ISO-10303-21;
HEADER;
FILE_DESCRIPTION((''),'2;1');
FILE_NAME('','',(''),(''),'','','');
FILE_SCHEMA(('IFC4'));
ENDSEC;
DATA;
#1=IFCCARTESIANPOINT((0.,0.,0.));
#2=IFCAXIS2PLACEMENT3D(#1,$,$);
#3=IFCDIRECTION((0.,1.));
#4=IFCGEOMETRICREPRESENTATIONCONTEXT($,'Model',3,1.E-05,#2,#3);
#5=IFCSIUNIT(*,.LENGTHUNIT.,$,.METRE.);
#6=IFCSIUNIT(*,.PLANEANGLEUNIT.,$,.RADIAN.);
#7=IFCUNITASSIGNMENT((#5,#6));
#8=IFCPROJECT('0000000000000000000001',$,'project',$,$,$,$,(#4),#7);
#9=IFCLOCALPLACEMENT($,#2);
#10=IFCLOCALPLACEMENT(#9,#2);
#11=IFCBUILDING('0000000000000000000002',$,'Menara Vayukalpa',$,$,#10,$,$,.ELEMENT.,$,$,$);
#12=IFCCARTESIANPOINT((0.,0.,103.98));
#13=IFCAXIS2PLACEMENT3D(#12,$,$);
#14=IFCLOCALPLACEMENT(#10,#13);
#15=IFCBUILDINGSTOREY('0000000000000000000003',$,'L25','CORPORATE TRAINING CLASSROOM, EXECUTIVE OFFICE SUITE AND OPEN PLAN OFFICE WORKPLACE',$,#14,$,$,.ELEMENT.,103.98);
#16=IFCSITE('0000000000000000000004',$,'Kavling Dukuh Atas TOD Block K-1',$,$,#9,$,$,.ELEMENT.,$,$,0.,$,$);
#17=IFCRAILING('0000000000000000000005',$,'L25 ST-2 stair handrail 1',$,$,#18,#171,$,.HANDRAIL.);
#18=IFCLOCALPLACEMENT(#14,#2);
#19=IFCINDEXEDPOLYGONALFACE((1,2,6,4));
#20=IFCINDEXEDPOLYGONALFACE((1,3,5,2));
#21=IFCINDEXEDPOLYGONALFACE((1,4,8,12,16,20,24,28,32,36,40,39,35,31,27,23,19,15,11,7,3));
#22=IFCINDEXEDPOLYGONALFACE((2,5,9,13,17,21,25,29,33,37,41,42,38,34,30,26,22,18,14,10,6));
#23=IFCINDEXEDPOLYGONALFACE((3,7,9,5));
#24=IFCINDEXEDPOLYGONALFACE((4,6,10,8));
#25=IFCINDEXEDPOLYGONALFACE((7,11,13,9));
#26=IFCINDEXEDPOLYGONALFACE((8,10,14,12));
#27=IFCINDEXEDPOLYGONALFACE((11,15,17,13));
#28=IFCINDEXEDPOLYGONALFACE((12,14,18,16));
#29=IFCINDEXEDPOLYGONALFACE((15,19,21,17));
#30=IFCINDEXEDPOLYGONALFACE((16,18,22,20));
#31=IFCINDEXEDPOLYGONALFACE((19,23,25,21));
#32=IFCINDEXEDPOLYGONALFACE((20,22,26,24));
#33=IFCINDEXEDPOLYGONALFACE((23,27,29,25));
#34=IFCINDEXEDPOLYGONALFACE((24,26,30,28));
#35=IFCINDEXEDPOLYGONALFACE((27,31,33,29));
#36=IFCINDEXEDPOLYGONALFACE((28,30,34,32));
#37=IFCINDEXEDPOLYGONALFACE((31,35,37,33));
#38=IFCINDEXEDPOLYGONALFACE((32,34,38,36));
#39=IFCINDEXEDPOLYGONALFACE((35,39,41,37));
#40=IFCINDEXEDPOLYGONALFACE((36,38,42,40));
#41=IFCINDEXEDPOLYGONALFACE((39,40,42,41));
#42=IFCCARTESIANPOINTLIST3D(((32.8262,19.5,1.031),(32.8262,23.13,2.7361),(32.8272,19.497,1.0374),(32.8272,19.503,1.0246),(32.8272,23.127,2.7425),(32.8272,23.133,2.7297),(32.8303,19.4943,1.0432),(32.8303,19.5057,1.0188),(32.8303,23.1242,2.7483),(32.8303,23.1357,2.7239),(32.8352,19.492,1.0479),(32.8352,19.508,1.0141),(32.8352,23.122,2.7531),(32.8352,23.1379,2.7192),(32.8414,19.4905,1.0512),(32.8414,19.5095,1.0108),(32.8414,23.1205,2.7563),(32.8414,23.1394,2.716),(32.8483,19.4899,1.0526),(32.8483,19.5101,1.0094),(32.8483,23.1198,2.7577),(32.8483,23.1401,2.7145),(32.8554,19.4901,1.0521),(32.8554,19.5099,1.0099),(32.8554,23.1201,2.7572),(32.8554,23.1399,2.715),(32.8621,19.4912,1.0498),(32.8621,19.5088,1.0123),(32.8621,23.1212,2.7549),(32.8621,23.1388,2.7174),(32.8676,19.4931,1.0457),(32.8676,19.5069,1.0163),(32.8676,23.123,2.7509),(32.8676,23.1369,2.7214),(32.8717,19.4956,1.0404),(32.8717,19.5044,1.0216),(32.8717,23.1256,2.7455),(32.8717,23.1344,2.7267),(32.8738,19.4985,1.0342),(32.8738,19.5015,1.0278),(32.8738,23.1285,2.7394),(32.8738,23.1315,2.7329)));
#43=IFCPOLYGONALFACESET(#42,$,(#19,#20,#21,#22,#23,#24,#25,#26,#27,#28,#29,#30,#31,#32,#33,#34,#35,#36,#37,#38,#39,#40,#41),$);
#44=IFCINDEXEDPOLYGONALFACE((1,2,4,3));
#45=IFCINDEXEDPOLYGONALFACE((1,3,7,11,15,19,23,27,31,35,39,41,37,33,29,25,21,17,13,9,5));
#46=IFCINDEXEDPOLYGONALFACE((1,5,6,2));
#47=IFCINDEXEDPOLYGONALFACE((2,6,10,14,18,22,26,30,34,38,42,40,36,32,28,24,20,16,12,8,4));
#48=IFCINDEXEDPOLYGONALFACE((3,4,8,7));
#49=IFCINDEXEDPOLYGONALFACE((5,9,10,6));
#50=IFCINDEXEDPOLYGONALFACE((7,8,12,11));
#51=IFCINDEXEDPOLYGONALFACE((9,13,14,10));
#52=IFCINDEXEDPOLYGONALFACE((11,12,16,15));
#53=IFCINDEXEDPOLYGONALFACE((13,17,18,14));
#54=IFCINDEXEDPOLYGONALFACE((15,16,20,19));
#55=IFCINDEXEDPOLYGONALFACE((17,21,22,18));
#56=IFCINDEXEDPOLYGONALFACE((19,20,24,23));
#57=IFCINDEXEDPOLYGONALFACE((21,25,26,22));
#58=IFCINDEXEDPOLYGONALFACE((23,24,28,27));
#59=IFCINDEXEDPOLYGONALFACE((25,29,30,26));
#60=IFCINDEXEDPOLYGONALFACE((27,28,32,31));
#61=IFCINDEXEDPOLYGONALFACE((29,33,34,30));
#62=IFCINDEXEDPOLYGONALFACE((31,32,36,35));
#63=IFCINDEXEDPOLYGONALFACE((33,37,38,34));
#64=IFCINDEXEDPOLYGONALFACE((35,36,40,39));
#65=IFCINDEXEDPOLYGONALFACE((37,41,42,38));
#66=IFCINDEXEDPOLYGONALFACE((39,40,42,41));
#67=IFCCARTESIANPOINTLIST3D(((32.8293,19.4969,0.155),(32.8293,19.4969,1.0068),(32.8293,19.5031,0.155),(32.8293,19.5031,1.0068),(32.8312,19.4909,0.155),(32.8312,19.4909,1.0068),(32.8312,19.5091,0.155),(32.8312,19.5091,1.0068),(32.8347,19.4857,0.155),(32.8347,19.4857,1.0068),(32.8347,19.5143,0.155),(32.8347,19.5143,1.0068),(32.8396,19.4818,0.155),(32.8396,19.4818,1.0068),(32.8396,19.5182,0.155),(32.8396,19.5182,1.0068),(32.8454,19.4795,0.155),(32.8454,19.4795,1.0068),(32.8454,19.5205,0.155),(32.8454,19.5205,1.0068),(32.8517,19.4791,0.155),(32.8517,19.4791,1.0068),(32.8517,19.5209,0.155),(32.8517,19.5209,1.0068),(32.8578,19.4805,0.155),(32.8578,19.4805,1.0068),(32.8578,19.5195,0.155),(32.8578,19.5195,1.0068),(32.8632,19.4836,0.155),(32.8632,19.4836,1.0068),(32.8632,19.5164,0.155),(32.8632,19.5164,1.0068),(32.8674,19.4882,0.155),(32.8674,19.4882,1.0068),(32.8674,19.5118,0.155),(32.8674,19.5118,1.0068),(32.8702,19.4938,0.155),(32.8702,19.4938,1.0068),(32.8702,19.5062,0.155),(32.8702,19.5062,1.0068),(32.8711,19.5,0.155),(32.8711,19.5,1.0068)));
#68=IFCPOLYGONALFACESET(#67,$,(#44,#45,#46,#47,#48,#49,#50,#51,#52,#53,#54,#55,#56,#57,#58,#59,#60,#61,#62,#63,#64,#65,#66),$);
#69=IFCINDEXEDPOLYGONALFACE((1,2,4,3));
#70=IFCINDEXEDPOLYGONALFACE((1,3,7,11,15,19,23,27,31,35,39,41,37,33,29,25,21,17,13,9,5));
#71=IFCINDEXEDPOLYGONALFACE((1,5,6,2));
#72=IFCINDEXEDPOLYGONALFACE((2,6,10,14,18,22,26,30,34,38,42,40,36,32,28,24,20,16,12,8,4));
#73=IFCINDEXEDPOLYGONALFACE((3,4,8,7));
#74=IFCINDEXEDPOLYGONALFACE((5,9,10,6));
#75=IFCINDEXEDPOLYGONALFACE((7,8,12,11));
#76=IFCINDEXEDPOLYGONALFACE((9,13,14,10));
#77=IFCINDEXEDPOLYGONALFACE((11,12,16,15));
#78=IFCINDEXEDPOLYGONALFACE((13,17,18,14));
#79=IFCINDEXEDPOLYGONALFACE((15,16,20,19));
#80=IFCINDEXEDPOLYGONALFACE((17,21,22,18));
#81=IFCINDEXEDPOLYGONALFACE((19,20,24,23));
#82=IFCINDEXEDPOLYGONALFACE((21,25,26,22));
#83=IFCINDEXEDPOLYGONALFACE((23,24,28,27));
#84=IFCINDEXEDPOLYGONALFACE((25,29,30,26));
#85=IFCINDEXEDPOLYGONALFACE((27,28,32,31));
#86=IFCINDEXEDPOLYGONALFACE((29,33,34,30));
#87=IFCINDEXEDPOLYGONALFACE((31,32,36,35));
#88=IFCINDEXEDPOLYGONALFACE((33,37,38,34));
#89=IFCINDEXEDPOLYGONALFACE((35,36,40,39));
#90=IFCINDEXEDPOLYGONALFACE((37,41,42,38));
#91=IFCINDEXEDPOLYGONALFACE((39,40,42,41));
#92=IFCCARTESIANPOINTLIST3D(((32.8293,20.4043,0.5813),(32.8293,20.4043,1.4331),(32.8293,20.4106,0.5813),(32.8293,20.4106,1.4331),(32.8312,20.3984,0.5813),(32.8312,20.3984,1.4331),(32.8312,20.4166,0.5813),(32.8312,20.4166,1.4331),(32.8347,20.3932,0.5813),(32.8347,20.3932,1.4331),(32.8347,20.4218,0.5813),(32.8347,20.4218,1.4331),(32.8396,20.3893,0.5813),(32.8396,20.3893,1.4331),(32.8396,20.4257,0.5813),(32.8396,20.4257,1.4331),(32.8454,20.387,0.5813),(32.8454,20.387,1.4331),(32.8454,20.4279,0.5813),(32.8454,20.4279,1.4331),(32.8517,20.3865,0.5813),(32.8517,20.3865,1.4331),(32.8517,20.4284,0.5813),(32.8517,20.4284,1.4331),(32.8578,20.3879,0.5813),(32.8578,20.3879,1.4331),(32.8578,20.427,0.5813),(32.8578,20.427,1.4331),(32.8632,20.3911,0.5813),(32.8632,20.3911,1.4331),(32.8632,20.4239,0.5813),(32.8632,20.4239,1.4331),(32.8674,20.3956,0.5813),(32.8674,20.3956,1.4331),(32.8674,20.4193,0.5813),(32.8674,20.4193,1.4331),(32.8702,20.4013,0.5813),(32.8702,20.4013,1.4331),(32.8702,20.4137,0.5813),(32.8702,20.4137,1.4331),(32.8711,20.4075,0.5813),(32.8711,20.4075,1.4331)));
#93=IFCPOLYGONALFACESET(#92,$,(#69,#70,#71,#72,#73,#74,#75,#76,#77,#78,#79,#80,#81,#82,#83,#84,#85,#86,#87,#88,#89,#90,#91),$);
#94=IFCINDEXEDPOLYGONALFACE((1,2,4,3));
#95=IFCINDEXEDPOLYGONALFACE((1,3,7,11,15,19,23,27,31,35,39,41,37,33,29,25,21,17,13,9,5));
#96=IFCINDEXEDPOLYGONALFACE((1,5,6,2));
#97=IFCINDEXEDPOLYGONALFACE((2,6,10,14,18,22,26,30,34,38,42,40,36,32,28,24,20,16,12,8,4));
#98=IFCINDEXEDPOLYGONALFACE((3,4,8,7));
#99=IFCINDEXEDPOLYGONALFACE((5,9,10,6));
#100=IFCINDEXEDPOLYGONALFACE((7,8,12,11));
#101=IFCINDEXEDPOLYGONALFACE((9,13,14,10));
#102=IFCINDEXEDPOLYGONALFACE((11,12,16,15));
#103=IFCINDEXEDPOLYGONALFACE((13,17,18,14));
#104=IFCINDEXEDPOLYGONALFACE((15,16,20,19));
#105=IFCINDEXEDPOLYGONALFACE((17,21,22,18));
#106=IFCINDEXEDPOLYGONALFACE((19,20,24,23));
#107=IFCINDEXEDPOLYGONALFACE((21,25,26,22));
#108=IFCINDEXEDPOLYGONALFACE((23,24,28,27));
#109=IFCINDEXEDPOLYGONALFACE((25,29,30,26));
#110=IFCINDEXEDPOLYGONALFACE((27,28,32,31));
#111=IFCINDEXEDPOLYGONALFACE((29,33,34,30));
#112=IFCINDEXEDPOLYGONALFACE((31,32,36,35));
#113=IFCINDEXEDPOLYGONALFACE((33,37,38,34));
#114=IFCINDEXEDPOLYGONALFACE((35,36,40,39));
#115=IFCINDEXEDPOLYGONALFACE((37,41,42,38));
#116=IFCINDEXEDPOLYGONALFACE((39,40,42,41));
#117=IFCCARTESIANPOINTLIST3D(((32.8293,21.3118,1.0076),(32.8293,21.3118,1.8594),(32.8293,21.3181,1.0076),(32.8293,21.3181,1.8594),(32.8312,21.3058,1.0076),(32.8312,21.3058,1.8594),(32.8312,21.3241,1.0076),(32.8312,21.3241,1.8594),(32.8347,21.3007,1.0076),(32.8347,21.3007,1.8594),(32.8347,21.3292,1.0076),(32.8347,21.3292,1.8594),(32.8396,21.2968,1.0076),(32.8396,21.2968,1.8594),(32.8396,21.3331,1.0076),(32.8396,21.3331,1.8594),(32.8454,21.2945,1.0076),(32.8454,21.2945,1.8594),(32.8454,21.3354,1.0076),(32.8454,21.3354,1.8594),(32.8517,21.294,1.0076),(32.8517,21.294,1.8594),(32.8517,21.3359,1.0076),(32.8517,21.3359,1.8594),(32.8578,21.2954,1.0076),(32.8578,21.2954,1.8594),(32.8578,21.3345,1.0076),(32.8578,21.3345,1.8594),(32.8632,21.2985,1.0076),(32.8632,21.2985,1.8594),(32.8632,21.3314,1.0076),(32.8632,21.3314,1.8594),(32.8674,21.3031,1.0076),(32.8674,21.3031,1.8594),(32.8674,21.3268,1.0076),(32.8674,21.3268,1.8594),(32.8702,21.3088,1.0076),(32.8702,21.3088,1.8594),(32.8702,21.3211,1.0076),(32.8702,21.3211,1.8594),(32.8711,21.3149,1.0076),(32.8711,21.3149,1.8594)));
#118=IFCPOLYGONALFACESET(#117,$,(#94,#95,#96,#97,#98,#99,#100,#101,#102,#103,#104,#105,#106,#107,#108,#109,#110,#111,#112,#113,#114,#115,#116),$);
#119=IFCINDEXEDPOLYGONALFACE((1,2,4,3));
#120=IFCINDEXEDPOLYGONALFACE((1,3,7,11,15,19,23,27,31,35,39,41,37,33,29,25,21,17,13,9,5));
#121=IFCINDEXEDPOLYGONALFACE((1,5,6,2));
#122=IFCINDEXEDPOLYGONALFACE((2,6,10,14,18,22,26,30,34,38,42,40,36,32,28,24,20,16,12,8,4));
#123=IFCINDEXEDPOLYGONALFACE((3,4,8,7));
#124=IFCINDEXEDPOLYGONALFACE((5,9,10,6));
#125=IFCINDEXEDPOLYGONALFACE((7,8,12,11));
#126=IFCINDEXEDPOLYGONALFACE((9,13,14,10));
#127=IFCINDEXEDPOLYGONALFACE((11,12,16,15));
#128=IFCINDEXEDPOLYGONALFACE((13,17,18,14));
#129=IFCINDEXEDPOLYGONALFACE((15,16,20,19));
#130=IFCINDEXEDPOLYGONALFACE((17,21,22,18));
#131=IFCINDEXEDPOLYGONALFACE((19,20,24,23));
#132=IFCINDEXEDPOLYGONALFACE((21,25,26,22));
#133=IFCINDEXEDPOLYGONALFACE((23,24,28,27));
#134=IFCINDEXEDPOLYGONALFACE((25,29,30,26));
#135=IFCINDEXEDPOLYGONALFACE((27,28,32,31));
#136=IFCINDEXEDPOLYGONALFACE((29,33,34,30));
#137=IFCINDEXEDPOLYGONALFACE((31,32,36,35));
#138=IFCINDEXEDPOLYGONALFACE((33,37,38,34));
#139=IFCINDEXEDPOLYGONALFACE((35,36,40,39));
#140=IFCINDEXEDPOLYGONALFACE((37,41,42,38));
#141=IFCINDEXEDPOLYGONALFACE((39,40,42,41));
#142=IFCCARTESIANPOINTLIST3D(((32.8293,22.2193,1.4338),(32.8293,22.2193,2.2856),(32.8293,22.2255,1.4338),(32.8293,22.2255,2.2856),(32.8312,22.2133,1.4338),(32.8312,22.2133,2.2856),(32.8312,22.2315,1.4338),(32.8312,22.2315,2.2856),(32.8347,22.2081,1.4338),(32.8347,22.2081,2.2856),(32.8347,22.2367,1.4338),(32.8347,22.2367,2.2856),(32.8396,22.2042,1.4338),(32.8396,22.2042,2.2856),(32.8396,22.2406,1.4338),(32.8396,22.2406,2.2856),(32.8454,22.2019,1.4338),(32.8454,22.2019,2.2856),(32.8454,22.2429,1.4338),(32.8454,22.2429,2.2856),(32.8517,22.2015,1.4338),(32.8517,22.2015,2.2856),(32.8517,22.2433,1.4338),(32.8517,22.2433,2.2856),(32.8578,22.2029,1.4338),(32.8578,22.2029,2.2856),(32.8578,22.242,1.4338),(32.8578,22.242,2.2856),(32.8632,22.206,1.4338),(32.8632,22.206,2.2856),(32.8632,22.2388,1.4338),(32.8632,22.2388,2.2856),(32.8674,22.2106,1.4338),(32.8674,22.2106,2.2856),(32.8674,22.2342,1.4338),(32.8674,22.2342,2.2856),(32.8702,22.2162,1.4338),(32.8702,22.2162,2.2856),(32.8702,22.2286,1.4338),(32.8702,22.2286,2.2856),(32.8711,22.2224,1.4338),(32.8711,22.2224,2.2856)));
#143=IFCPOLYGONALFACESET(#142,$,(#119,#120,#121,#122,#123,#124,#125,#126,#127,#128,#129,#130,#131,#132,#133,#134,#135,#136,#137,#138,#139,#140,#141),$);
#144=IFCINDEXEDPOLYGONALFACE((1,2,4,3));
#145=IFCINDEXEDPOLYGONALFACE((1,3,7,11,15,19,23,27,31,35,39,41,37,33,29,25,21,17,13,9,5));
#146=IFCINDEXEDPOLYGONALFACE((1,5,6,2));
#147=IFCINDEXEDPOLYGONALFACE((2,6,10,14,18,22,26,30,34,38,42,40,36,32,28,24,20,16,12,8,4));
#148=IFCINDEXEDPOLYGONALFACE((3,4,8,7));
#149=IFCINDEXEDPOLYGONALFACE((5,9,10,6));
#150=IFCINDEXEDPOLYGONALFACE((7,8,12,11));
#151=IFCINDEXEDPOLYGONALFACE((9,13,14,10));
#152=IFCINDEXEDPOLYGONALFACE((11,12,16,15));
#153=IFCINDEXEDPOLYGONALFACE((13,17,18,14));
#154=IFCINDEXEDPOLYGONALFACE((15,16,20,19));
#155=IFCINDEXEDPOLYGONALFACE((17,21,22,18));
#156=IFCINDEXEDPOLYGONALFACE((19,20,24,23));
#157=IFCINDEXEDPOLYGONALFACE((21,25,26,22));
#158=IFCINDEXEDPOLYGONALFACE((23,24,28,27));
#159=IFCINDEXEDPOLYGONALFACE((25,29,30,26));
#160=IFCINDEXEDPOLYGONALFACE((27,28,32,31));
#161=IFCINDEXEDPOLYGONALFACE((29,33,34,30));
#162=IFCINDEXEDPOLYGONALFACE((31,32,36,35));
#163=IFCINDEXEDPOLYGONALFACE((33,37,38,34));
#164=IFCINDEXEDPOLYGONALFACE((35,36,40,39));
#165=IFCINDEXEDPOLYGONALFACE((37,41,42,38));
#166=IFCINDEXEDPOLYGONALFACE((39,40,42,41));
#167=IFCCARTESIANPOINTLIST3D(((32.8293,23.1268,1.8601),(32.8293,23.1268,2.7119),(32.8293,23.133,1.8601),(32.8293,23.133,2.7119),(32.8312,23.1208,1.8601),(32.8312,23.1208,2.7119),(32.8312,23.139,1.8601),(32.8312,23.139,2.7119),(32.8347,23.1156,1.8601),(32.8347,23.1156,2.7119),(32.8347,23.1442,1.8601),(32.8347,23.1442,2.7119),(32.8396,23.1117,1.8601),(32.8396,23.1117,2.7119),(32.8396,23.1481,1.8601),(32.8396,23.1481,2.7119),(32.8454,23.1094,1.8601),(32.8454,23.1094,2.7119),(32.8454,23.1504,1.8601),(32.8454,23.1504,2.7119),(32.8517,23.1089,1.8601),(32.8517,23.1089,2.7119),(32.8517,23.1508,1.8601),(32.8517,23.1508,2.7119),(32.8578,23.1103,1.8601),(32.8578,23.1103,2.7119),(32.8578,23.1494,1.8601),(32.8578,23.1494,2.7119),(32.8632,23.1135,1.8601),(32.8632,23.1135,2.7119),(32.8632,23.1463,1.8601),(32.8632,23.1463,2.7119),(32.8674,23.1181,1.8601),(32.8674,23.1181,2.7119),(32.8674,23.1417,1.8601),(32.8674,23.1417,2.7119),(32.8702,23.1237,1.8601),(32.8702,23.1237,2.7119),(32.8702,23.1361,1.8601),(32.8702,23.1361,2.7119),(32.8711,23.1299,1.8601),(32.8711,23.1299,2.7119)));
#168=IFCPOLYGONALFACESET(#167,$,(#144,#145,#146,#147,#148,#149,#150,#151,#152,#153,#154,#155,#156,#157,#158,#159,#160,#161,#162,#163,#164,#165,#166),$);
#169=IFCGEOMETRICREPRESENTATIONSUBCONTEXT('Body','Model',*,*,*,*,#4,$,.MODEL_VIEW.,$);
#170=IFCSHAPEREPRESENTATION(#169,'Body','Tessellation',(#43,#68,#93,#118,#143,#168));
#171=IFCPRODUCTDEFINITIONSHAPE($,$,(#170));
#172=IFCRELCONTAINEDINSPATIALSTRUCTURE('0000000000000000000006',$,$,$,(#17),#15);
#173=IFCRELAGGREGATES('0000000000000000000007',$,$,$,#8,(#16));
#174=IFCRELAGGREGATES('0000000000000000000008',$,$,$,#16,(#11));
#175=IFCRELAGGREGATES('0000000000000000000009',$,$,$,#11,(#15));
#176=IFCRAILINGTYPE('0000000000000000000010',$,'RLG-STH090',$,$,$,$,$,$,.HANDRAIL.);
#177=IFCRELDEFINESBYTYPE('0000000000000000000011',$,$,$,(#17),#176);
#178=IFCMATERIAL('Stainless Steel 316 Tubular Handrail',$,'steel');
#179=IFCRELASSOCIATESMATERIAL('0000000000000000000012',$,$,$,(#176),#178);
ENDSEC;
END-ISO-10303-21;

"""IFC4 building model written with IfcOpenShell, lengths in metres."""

from ifc_helpers import new_model, si_unit, direction, frame, origin, origin_2d, place, context, subcontext, project, spatial, circle, extrude, material, type_object, element, save


model = new_model("IFC4")

# Units and contexts
model_context = context("Model", 3, precision=1e-05, world=origin(), true_north=direction((0.0, 1.0)))
body_context = subcontext(model_context, "Body", "Model", "MODEL_VIEW")
ifc_project = project(units=[si_unit("LENGTHUNIT", "METRE"), si_unit("PLANEANGLEUNIT", "RADIAN")], contexts=[model_context])

# Site, building, storey
site_placement = place(None, origin())
site = spatial("IfcSite", under=ifc_project, at=site_placement, Name="Kavling Dukuh Atas TOD Block K-1", CompositionType="ELEMENT", RefElevation=0.0)
building_placement = place(site_placement, origin())
building = spatial("IfcBuilding", under=site, at=building_placement, Name="Menara Vayukalpa", CompositionType="ELEMENT")
storey_placement = place(building_placement, frame((0.0, 0.0, 103.98)))
storey = spatial("IfcBuildingStorey", under=building, at=storey_placement, Name="L25", Description="CORPORATE TRAINING CLASSROOM, EXECUTIVE OFFICE SUITE AND OPEN PLAN OFFICE WORKPLACE", CompositionType="ELEMENT", Elevation=103.98)

# Railing
ifc_material_1 = material(Name="Stainless Steel 316 Tubular Handrail", Category="steel")
railing_type_1 = type_object("IfcRailingType", Name="RLG-STH090", PredefinedType="HANDRAIL", material=ifc_material_1)
railing_1_placement = place(storey_placement, frame((32.8501, 19.5, 0.155)))
element("IfcRailing", 1, at=railing_1_placement, inside=storey, type_object=railing_type_1, Name="L25 ST-2 stair handrail 1", PredefinedType="HANDRAIL", context=body_context, shape_type="SweptSolid", body=[
    extrude(circle(Radius=0.0239, at=origin_2d()), frame((0.0, 0.0, 0.876), z_axis=(0.0, 0.905116, 0.425164), x_axis=(-1.0, 0.0, 0.0)), (0.0, 0.0, 1.0), 4.0105),
    extrude(circle(Radius=0.021, at=origin_2d()), origin(), (0.0, 0.0, 1.0), 0.8518),
    extrude(circle(Radius=0.021, at=origin_2d()), frame((0.0, 0.9075, 0.4263)), (0.0, 0.0, 1.0), 0.8518),
    extrude(circle(Radius=0.021, at=origin_2d()), frame((0.0, 1.8149, 0.8525)), (0.0, 0.0, 1.0), 0.8518),
    extrude(circle(Radius=0.021, at=origin_2d()), frame((0.0, 2.7224, 1.2788)), (0.0, 0.0, 1.0), 0.8518),
    extrude(circle(Radius=0.021, at=origin_2d()), frame((0.0, 3.6299, 1.7051)), (0.0, 0.0, 1.0), 0.8518),
])

save(model, "model.ifc")
